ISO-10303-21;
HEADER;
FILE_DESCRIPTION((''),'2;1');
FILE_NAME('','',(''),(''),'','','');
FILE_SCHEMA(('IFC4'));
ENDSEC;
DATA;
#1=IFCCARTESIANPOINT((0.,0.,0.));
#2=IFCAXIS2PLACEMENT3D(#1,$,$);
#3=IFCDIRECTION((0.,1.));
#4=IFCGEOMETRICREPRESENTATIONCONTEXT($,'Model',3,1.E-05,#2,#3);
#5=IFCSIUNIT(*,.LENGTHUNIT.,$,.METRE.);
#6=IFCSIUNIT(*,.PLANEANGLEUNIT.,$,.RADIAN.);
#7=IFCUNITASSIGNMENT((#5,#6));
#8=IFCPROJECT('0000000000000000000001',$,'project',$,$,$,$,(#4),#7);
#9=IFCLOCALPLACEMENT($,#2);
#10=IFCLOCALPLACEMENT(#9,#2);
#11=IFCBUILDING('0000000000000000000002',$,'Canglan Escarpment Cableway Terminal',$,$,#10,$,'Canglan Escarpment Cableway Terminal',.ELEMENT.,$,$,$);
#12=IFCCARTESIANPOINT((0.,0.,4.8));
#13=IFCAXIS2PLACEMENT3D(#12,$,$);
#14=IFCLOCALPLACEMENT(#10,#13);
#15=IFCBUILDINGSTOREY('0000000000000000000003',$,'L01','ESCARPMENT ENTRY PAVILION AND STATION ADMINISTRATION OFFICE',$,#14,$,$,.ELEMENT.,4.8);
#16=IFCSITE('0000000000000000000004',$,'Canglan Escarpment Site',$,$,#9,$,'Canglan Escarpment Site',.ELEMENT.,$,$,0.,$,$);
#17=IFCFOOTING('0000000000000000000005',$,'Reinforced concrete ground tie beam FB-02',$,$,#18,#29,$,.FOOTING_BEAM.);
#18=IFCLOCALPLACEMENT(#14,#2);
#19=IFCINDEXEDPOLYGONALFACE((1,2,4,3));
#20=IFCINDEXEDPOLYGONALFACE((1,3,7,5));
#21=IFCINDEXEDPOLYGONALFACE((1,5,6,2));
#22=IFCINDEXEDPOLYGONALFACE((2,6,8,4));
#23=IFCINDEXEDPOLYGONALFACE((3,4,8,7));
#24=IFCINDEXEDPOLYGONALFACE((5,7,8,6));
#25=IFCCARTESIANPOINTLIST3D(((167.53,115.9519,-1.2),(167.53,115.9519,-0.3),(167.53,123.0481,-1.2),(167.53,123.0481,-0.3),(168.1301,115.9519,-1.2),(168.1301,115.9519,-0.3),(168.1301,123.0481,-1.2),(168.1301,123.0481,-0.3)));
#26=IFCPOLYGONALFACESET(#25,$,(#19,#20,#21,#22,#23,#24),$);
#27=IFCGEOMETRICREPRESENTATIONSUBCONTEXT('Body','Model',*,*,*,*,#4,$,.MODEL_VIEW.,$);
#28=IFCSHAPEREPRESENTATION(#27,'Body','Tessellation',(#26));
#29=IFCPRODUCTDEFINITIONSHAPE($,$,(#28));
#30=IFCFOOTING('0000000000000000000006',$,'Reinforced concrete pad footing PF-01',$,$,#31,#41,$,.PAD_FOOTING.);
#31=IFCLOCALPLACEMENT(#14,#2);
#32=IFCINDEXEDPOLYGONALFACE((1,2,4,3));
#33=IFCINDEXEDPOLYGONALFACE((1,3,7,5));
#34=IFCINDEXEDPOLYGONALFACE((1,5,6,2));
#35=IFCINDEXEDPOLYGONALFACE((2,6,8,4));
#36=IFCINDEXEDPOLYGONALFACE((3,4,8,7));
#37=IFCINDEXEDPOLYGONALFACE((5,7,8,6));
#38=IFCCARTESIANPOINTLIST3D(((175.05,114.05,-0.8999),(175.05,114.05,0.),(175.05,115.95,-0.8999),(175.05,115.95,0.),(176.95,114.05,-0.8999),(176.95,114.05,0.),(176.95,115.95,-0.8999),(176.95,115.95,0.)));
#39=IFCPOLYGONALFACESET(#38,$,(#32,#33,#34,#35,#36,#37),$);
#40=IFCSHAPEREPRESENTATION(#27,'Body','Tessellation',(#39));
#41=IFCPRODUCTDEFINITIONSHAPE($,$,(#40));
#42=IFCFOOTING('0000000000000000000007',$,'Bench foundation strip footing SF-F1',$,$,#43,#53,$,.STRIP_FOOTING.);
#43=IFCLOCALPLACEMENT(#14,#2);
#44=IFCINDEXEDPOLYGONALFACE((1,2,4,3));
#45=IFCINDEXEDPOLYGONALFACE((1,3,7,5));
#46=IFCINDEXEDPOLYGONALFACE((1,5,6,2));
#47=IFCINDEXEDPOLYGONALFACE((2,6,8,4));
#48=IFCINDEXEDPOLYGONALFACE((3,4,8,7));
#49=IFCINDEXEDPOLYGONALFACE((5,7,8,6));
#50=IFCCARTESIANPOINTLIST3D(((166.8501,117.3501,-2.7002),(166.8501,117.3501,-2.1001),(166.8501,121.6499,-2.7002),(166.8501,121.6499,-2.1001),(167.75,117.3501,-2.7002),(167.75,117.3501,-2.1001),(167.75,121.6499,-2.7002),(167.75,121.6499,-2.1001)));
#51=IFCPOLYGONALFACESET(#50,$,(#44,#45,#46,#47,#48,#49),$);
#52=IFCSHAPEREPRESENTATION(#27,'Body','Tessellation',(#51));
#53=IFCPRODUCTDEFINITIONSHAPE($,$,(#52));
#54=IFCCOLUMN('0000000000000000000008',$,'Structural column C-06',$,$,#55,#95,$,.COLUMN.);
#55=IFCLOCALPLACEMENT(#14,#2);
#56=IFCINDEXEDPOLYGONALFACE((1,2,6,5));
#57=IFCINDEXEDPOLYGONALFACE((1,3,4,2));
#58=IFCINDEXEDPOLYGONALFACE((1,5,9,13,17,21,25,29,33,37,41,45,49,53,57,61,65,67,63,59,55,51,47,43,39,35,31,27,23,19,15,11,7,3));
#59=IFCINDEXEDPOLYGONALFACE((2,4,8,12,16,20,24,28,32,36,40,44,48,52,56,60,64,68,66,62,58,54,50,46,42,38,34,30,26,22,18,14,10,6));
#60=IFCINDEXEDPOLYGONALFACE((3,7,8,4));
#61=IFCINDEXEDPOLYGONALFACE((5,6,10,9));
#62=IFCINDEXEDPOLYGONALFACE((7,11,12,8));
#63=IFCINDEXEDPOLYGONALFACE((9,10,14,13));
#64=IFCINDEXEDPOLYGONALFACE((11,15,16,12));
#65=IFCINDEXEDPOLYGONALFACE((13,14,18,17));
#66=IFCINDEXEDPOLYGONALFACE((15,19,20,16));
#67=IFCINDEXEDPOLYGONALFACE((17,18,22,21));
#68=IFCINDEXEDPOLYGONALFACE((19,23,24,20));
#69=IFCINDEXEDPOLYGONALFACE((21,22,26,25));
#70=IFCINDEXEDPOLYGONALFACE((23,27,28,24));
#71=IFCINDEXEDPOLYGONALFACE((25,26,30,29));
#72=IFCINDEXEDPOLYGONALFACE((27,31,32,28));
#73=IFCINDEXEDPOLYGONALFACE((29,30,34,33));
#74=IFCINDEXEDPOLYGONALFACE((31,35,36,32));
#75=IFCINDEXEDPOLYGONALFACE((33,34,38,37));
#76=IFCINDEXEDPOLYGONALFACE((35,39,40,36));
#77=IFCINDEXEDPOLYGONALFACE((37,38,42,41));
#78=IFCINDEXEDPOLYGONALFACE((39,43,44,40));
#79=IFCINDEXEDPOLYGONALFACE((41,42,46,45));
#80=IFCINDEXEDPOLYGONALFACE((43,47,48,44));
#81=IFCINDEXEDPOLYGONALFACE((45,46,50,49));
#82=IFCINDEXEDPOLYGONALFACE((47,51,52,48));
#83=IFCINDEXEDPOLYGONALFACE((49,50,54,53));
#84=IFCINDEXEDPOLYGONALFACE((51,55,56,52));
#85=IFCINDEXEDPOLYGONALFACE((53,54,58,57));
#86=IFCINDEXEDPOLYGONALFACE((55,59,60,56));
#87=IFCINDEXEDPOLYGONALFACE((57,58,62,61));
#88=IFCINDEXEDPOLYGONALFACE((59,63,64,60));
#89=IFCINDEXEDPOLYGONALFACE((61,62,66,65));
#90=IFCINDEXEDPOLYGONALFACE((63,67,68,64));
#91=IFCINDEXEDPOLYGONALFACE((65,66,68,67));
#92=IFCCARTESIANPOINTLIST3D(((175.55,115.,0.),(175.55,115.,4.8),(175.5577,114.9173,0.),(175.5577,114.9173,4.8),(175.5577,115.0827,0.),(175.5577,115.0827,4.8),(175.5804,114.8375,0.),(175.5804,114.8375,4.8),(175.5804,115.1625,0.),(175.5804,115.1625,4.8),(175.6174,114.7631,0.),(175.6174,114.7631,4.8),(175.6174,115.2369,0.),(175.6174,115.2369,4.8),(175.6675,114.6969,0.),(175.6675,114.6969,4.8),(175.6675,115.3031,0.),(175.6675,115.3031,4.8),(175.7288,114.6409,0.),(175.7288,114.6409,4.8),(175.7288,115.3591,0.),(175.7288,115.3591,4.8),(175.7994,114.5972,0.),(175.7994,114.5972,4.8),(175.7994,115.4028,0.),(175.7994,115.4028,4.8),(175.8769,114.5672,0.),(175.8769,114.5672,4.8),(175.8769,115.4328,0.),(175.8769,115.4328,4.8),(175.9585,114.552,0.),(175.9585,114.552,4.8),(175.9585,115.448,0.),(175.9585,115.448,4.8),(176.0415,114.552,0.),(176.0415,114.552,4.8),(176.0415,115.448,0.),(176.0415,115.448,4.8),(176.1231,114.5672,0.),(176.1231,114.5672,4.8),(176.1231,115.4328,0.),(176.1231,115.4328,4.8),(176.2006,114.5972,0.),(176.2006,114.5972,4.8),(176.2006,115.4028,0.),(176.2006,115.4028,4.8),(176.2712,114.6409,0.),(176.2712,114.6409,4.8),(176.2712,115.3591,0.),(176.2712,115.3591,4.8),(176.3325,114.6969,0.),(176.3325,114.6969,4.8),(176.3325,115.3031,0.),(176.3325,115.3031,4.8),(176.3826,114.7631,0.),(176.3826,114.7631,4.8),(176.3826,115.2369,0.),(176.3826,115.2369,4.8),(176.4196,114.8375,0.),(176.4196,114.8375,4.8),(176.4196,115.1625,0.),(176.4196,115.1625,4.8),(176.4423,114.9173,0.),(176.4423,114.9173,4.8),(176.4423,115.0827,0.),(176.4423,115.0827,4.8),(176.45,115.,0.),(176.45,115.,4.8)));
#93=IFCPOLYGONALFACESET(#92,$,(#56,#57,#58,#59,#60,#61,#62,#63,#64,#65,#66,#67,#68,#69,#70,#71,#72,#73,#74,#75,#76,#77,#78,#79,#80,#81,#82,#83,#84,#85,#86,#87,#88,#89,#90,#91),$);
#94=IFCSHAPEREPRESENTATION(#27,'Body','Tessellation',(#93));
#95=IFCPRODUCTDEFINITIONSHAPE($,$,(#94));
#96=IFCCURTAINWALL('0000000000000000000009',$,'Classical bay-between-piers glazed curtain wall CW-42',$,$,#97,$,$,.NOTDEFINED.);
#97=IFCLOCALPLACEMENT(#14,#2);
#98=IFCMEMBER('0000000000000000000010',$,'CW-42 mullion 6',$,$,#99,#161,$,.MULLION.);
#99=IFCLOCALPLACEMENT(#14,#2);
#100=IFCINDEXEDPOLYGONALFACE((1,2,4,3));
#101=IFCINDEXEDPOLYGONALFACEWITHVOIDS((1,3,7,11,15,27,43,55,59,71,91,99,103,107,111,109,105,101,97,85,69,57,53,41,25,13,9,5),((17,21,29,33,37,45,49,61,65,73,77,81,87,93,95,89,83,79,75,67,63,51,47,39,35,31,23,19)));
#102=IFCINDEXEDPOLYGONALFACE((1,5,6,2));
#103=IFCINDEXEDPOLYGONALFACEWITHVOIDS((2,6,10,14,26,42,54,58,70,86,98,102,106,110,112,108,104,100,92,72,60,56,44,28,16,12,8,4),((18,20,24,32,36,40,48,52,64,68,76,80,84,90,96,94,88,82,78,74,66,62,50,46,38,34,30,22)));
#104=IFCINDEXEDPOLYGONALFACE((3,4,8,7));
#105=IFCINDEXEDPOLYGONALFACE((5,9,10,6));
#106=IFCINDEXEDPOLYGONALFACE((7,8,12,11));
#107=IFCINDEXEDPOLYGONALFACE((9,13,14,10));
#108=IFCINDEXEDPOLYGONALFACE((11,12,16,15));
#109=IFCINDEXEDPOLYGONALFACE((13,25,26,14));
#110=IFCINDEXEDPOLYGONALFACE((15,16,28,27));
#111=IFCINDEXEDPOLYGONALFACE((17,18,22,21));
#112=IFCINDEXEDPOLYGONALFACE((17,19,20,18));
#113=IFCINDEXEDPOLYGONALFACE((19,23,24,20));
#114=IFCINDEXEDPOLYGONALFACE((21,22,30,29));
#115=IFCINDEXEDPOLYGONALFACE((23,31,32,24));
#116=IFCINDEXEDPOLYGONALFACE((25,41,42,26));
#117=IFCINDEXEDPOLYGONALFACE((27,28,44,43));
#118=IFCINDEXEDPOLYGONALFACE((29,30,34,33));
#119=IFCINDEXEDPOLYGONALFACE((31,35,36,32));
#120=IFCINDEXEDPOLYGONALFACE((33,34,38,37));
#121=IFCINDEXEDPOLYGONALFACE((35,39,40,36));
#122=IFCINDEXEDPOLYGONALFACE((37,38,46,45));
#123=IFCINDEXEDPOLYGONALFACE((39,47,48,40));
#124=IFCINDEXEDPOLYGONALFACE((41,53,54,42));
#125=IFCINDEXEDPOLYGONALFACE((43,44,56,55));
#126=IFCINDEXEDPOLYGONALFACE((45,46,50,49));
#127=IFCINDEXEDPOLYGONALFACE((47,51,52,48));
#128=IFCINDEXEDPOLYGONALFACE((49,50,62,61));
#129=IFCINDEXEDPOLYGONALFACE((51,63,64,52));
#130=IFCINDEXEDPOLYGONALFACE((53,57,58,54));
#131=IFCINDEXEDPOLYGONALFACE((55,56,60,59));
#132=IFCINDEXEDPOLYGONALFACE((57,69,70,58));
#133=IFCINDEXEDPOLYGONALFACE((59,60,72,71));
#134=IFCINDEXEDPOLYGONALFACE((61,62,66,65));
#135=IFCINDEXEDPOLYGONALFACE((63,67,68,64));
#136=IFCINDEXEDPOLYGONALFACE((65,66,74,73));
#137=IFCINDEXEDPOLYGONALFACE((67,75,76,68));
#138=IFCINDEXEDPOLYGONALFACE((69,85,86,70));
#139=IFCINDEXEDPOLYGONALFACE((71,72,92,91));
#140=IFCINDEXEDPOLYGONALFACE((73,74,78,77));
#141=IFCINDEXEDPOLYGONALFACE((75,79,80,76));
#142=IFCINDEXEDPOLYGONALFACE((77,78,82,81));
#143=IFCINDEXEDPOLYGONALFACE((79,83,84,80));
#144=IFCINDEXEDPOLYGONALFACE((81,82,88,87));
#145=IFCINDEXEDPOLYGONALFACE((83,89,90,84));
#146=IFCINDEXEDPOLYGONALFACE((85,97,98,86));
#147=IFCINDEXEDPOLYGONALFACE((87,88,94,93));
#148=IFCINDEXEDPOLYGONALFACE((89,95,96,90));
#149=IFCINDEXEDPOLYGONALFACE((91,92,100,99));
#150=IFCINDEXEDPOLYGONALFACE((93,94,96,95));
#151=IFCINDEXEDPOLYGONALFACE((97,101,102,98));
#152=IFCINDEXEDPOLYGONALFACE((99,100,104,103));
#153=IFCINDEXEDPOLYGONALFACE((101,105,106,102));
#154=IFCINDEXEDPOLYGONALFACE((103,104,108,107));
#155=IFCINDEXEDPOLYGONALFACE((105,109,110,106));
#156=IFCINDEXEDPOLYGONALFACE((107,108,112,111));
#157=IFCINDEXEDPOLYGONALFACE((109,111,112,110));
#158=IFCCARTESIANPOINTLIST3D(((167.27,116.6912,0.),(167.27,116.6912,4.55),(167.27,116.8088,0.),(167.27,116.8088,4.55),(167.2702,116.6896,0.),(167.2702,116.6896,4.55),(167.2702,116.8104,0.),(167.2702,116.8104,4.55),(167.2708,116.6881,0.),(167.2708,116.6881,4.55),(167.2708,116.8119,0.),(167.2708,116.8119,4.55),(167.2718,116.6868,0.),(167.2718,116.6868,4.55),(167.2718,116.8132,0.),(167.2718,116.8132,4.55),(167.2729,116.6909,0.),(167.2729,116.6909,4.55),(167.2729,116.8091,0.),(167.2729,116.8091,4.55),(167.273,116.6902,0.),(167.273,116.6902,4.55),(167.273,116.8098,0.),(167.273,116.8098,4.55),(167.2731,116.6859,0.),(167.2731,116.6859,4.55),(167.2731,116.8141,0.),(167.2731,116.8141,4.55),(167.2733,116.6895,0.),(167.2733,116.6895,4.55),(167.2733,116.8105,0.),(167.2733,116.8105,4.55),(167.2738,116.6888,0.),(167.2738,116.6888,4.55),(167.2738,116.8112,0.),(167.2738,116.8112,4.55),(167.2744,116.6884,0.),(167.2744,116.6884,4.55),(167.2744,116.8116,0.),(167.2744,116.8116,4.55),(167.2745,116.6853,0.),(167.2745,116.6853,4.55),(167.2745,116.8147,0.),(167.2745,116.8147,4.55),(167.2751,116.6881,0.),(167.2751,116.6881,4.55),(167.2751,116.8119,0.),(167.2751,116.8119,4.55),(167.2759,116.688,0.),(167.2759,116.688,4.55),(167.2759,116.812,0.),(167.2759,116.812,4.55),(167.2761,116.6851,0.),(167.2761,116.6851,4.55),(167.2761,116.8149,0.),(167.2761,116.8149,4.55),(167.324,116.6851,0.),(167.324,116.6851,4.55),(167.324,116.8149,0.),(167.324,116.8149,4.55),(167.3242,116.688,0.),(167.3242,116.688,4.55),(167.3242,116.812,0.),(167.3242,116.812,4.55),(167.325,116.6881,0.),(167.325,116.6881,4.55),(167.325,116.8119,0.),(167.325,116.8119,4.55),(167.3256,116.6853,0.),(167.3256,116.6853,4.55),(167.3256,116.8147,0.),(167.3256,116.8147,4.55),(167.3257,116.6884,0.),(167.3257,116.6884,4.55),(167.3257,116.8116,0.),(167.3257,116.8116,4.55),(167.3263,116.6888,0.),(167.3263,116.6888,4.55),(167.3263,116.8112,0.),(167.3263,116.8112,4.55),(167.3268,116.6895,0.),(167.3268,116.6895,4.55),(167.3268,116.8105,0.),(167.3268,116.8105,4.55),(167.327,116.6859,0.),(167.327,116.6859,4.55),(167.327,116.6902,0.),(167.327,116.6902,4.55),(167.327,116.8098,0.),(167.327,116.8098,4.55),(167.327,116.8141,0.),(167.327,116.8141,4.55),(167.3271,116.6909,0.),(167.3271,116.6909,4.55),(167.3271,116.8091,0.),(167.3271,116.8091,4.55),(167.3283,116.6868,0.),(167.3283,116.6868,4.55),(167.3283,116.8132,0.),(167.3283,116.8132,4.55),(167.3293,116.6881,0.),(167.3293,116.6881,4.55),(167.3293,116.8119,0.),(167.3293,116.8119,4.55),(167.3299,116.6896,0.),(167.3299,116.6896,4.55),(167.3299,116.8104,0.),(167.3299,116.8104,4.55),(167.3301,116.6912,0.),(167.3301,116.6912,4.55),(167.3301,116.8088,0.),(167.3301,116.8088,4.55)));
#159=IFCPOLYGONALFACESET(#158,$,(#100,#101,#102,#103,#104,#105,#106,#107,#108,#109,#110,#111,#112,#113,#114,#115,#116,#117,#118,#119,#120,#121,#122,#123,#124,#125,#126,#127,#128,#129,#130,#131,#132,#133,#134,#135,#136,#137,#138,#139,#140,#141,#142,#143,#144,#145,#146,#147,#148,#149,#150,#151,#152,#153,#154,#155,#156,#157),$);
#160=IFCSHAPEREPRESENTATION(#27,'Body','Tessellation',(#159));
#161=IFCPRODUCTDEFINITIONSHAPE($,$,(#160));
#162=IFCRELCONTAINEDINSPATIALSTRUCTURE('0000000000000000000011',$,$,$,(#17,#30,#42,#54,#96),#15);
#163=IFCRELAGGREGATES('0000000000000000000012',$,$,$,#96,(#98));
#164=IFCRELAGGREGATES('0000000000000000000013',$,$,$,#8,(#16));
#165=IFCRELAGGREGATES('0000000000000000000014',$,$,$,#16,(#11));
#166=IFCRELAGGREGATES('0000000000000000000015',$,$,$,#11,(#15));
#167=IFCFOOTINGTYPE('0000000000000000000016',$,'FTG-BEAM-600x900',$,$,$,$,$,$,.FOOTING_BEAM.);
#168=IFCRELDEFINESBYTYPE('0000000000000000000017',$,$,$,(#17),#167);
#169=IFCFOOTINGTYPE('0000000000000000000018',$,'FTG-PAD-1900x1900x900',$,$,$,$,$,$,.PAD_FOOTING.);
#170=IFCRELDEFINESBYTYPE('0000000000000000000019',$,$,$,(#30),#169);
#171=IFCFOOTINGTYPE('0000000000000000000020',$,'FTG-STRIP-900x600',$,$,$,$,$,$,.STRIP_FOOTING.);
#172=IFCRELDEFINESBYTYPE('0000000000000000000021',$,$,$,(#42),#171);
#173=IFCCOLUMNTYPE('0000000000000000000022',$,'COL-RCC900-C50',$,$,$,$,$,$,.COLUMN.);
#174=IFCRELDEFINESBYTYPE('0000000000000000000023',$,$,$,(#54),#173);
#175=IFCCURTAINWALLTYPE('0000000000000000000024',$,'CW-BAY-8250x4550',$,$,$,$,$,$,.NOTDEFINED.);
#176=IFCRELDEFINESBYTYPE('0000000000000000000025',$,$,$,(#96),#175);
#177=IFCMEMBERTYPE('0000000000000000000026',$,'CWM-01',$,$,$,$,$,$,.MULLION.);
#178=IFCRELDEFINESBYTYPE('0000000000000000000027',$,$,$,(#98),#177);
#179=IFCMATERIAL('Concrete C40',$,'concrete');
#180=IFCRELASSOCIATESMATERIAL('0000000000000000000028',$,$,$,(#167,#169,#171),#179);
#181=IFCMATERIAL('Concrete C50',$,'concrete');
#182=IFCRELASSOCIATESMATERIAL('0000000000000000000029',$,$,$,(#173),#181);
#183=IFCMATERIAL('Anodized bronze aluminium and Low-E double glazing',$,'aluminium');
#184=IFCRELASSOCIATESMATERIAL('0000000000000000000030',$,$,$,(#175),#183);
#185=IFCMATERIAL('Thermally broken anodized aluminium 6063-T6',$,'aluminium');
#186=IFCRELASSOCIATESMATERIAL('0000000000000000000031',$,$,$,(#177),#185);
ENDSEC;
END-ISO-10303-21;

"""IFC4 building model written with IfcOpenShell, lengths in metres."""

from ifc_helpers import new_model, si_unit, direction, frame, origin, origin_2d, place, context, subcontext, project, spatial, rectangle, hollow_rectangle, circle, extrude, material, material_profile, profile_set, type_object, element, aggregate, save


model = new_model("IFC4")

# Units and contexts
model_context = context("Model", 3, precision=1e-05, world=origin(), true_north=direction((0.0, 1.0)))
body_context = subcontext(model_context, "Body", "Model", "MODEL_VIEW")
ifc_project = project(units=[si_unit("LENGTHUNIT", "METRE"), si_unit("PLANEANGLEUNIT", "RADIAN")], contexts=[model_context])

# Site, building, storey
site_placement = place(None, origin())
site = spatial("IfcSite", under=ifc_project, at=site_placement, Name="Canglan Escarpment Site", LongName="Canglan Escarpment Site", CompositionType="ELEMENT", RefElevation=0.0)
building_placement = place(site_placement, origin())
building = spatial("IfcBuilding", under=site, at=building_placement, Name="Canglan Escarpment Cableway Terminal", LongName="Canglan Escarpment Cableway Terminal", CompositionType="ELEMENT")
storey_placement = place(building_placement, frame((0.0, 0.0, 4.8)))
storey = spatial("IfcBuildingStorey", under=building, at=storey_placement, Name="L01", Description="ESCARPMENT ENTRY PAVILION AND STATION ADMINISTRATION OFFICE", CompositionType="ELEMENT", Elevation=4.8)

# Footings
ifc_material_1 = material(Name="Concrete C40", Category="concrete")
ifc_material_profile_1 = material_profile(ifc_material_1, rectangle(XDim=0.6001, YDim=0.8999, at=origin_2d()), Name="FB 600x900")
ifc_profile_set_1 = profile_set([ifc_material_profile_1], Name="Concrete C40")
footing_type_1 = type_object("IfcFootingType", Name="FTG-BEAM-600x900", PredefinedType="FOOTING_BEAM", material=ifc_profile_set_1)
footing_1_placement = place(storey_placement, frame((167.8301, 115.9519, -0.75), z_axis=(0.0, 1.0, 0.0), x_axis=(-1.0, 0.0, 0.0)))
element("IfcFooting", 1, at=footing_1_placement, inside=storey, type_object=footing_type_1, Name="Reinforced concrete ground tie beam FB-02", PredefinedType="FOOTING_BEAM", context=body_context, shape_type="SweptSolid", body=[
    extrude(rectangle(XDim=0.6001, YDim=0.8999, at=origin_2d()), origin(), (0.0, 0.0, 1.0), 7.0962),
])
footing_type_2 = type_object("IfcFootingType", Name="FTG-PAD-1900x1900x900", PredefinedType="PAD_FOOTING", material=ifc_material_1)
footing_2_placement = place(storey_placement, frame((176.0, 115.0, -0.8999), z_axis=(0.0, 0.0, 1.0), x_axis=(1.0, 0.0, 0.0)))
element("IfcFooting", 2, at=footing_2_placement, inside=storey, type_object=footing_type_2, Name="Reinforced concrete pad footing PF-01", PredefinedType="PAD_FOOTING", context=body_context, shape_type="SweptSolid", body=[
    extrude(rectangle(XDim=1.8999, YDim=1.8999, at=origin_2d()), origin(), (0.0, 0.0, 1.0), 0.8999),
])
ifc_material_profile_2 = material_profile(ifc_material_1, rectangle(XDim=0.8999, YDim=0.6001, at=origin_2d()), Name="SF 900x600")
ifc_profile_set_2 = profile_set([ifc_material_profile_2], Name="Concrete C40")
footing_type_3 = type_object("IfcFootingType", Name="FTG-STRIP-900x600", PredefinedType="STRIP_FOOTING", material=ifc_profile_set_2)
footing_3_placement = place(storey_placement, frame((167.3, 117.3501, -2.4001), z_axis=(0.0, 1.0, 0.0), x_axis=(-1.0, 0.0, 0.0)))
element("IfcFooting", 3, at=footing_3_placement, inside=storey, type_object=footing_type_3, Name="Bench foundation strip footing SF-F1", PredefinedType="STRIP_FOOTING", context=body_context, shape_type="SweptSolid", body=[
    extrude(rectangle(XDim=0.8999, YDim=0.6001, at=origin_2d()), origin(), (0.0, 0.0, 1.0), 4.2998),
])

# Column
ifc_material_2 = material(Name="Concrete C50", Category="concrete")
ifc_material_profile_3 = material_profile(ifc_material_2, circle(Radius=0.45, at=origin_2d()), Name="RC-CIRC D900")
ifc_profile_set_3 = profile_set([ifc_material_profile_3], Name="Concrete C50")
column_type = type_object("IfcColumnType", Name="COL-RCC900-C50", PredefinedType="COLUMN", material=ifc_profile_set_3)
column_placement = place(storey_placement, frame((176.0, 115.0, 0.0), z_axis=(0.0, 0.0, 1.0), x_axis=(1.0, 0.0, 0.0)))
element("IfcColumn", 4, at=column_placement, inside=storey, type_object=column_type, Name="Structural column C-06", PredefinedType="COLUMN", context=body_context, shape_type="SweptSolid", body=[
    extrude(circle(Radius=0.45, at=origin_2d()), origin(), (0.0, 0.0, 1.0), 4.8),
])

# Curtain wall, member
ifc_material_3 = material(Name="Anodized bronze aluminium and Low-E double glazing", Category="aluminium")
curtain_wall_type = type_object("IfcCurtainWallType", Name="CW-BAY-8250x4550", PredefinedType="NOTDEFINED", material=ifc_material_3)
curtain_wall_placement = place(storey_placement, origin())
curtain_wall = element("IfcCurtainWall", 5, at=curtain_wall_placement, inside=storey, type_object=curtain_wall_type, Name="Classical bay-between-piers glazed curtain wall CW-42", PredefinedType="NOTDEFINED")
ifc_material_4 = material(Name="Thermally broken anodized aluminium 6063-T6", Category="aluminium")
ifc_material_profile_4 = material_profile(ifc_material_4, hollow_rectangle(XDim=0.0601, YDim=0.1299, WallThickness=0.0029, InnerFilletRadius=0.0029, OuterFilletRadius=0.0061, at=origin_2d()), Name="ALU-MULL 60x130x3")
ifc_profile_set_4 = profile_set([ifc_material_profile_4], Name="Thermally broken anodized aluminium 6063-T6")
member_type_1 = type_object("IfcMemberType", Name="CWM-01", PredefinedType="MULLION", material=ifc_profile_set_4)
member_1_placement = place(storey_placement, frame((167.3, 116.75, 0.0), z_axis=(0.0, 0.0, 1.0), x_axis=(1.0, 0.0, 0.0)))
member_1 = element("IfcMember", 6, at=member_1_placement, type_object=member_type_1, Name="CW-42 mullion 6", PredefinedType="MULLION", context=body_context, shape_type="SweptSolid", body=[
    extrude(hollow_rectangle(XDim=0.0601, YDim=0.1299, WallThickness=0.0029, InnerFilletRadius=0.0029, OuterFilletRadius=0.0061, at=origin_2d()), origin(), (0.0, 0.0, 1.0), 4.55),
])

aggregate(curtain_wall, [member_1])

save(model, "model.ifc")
